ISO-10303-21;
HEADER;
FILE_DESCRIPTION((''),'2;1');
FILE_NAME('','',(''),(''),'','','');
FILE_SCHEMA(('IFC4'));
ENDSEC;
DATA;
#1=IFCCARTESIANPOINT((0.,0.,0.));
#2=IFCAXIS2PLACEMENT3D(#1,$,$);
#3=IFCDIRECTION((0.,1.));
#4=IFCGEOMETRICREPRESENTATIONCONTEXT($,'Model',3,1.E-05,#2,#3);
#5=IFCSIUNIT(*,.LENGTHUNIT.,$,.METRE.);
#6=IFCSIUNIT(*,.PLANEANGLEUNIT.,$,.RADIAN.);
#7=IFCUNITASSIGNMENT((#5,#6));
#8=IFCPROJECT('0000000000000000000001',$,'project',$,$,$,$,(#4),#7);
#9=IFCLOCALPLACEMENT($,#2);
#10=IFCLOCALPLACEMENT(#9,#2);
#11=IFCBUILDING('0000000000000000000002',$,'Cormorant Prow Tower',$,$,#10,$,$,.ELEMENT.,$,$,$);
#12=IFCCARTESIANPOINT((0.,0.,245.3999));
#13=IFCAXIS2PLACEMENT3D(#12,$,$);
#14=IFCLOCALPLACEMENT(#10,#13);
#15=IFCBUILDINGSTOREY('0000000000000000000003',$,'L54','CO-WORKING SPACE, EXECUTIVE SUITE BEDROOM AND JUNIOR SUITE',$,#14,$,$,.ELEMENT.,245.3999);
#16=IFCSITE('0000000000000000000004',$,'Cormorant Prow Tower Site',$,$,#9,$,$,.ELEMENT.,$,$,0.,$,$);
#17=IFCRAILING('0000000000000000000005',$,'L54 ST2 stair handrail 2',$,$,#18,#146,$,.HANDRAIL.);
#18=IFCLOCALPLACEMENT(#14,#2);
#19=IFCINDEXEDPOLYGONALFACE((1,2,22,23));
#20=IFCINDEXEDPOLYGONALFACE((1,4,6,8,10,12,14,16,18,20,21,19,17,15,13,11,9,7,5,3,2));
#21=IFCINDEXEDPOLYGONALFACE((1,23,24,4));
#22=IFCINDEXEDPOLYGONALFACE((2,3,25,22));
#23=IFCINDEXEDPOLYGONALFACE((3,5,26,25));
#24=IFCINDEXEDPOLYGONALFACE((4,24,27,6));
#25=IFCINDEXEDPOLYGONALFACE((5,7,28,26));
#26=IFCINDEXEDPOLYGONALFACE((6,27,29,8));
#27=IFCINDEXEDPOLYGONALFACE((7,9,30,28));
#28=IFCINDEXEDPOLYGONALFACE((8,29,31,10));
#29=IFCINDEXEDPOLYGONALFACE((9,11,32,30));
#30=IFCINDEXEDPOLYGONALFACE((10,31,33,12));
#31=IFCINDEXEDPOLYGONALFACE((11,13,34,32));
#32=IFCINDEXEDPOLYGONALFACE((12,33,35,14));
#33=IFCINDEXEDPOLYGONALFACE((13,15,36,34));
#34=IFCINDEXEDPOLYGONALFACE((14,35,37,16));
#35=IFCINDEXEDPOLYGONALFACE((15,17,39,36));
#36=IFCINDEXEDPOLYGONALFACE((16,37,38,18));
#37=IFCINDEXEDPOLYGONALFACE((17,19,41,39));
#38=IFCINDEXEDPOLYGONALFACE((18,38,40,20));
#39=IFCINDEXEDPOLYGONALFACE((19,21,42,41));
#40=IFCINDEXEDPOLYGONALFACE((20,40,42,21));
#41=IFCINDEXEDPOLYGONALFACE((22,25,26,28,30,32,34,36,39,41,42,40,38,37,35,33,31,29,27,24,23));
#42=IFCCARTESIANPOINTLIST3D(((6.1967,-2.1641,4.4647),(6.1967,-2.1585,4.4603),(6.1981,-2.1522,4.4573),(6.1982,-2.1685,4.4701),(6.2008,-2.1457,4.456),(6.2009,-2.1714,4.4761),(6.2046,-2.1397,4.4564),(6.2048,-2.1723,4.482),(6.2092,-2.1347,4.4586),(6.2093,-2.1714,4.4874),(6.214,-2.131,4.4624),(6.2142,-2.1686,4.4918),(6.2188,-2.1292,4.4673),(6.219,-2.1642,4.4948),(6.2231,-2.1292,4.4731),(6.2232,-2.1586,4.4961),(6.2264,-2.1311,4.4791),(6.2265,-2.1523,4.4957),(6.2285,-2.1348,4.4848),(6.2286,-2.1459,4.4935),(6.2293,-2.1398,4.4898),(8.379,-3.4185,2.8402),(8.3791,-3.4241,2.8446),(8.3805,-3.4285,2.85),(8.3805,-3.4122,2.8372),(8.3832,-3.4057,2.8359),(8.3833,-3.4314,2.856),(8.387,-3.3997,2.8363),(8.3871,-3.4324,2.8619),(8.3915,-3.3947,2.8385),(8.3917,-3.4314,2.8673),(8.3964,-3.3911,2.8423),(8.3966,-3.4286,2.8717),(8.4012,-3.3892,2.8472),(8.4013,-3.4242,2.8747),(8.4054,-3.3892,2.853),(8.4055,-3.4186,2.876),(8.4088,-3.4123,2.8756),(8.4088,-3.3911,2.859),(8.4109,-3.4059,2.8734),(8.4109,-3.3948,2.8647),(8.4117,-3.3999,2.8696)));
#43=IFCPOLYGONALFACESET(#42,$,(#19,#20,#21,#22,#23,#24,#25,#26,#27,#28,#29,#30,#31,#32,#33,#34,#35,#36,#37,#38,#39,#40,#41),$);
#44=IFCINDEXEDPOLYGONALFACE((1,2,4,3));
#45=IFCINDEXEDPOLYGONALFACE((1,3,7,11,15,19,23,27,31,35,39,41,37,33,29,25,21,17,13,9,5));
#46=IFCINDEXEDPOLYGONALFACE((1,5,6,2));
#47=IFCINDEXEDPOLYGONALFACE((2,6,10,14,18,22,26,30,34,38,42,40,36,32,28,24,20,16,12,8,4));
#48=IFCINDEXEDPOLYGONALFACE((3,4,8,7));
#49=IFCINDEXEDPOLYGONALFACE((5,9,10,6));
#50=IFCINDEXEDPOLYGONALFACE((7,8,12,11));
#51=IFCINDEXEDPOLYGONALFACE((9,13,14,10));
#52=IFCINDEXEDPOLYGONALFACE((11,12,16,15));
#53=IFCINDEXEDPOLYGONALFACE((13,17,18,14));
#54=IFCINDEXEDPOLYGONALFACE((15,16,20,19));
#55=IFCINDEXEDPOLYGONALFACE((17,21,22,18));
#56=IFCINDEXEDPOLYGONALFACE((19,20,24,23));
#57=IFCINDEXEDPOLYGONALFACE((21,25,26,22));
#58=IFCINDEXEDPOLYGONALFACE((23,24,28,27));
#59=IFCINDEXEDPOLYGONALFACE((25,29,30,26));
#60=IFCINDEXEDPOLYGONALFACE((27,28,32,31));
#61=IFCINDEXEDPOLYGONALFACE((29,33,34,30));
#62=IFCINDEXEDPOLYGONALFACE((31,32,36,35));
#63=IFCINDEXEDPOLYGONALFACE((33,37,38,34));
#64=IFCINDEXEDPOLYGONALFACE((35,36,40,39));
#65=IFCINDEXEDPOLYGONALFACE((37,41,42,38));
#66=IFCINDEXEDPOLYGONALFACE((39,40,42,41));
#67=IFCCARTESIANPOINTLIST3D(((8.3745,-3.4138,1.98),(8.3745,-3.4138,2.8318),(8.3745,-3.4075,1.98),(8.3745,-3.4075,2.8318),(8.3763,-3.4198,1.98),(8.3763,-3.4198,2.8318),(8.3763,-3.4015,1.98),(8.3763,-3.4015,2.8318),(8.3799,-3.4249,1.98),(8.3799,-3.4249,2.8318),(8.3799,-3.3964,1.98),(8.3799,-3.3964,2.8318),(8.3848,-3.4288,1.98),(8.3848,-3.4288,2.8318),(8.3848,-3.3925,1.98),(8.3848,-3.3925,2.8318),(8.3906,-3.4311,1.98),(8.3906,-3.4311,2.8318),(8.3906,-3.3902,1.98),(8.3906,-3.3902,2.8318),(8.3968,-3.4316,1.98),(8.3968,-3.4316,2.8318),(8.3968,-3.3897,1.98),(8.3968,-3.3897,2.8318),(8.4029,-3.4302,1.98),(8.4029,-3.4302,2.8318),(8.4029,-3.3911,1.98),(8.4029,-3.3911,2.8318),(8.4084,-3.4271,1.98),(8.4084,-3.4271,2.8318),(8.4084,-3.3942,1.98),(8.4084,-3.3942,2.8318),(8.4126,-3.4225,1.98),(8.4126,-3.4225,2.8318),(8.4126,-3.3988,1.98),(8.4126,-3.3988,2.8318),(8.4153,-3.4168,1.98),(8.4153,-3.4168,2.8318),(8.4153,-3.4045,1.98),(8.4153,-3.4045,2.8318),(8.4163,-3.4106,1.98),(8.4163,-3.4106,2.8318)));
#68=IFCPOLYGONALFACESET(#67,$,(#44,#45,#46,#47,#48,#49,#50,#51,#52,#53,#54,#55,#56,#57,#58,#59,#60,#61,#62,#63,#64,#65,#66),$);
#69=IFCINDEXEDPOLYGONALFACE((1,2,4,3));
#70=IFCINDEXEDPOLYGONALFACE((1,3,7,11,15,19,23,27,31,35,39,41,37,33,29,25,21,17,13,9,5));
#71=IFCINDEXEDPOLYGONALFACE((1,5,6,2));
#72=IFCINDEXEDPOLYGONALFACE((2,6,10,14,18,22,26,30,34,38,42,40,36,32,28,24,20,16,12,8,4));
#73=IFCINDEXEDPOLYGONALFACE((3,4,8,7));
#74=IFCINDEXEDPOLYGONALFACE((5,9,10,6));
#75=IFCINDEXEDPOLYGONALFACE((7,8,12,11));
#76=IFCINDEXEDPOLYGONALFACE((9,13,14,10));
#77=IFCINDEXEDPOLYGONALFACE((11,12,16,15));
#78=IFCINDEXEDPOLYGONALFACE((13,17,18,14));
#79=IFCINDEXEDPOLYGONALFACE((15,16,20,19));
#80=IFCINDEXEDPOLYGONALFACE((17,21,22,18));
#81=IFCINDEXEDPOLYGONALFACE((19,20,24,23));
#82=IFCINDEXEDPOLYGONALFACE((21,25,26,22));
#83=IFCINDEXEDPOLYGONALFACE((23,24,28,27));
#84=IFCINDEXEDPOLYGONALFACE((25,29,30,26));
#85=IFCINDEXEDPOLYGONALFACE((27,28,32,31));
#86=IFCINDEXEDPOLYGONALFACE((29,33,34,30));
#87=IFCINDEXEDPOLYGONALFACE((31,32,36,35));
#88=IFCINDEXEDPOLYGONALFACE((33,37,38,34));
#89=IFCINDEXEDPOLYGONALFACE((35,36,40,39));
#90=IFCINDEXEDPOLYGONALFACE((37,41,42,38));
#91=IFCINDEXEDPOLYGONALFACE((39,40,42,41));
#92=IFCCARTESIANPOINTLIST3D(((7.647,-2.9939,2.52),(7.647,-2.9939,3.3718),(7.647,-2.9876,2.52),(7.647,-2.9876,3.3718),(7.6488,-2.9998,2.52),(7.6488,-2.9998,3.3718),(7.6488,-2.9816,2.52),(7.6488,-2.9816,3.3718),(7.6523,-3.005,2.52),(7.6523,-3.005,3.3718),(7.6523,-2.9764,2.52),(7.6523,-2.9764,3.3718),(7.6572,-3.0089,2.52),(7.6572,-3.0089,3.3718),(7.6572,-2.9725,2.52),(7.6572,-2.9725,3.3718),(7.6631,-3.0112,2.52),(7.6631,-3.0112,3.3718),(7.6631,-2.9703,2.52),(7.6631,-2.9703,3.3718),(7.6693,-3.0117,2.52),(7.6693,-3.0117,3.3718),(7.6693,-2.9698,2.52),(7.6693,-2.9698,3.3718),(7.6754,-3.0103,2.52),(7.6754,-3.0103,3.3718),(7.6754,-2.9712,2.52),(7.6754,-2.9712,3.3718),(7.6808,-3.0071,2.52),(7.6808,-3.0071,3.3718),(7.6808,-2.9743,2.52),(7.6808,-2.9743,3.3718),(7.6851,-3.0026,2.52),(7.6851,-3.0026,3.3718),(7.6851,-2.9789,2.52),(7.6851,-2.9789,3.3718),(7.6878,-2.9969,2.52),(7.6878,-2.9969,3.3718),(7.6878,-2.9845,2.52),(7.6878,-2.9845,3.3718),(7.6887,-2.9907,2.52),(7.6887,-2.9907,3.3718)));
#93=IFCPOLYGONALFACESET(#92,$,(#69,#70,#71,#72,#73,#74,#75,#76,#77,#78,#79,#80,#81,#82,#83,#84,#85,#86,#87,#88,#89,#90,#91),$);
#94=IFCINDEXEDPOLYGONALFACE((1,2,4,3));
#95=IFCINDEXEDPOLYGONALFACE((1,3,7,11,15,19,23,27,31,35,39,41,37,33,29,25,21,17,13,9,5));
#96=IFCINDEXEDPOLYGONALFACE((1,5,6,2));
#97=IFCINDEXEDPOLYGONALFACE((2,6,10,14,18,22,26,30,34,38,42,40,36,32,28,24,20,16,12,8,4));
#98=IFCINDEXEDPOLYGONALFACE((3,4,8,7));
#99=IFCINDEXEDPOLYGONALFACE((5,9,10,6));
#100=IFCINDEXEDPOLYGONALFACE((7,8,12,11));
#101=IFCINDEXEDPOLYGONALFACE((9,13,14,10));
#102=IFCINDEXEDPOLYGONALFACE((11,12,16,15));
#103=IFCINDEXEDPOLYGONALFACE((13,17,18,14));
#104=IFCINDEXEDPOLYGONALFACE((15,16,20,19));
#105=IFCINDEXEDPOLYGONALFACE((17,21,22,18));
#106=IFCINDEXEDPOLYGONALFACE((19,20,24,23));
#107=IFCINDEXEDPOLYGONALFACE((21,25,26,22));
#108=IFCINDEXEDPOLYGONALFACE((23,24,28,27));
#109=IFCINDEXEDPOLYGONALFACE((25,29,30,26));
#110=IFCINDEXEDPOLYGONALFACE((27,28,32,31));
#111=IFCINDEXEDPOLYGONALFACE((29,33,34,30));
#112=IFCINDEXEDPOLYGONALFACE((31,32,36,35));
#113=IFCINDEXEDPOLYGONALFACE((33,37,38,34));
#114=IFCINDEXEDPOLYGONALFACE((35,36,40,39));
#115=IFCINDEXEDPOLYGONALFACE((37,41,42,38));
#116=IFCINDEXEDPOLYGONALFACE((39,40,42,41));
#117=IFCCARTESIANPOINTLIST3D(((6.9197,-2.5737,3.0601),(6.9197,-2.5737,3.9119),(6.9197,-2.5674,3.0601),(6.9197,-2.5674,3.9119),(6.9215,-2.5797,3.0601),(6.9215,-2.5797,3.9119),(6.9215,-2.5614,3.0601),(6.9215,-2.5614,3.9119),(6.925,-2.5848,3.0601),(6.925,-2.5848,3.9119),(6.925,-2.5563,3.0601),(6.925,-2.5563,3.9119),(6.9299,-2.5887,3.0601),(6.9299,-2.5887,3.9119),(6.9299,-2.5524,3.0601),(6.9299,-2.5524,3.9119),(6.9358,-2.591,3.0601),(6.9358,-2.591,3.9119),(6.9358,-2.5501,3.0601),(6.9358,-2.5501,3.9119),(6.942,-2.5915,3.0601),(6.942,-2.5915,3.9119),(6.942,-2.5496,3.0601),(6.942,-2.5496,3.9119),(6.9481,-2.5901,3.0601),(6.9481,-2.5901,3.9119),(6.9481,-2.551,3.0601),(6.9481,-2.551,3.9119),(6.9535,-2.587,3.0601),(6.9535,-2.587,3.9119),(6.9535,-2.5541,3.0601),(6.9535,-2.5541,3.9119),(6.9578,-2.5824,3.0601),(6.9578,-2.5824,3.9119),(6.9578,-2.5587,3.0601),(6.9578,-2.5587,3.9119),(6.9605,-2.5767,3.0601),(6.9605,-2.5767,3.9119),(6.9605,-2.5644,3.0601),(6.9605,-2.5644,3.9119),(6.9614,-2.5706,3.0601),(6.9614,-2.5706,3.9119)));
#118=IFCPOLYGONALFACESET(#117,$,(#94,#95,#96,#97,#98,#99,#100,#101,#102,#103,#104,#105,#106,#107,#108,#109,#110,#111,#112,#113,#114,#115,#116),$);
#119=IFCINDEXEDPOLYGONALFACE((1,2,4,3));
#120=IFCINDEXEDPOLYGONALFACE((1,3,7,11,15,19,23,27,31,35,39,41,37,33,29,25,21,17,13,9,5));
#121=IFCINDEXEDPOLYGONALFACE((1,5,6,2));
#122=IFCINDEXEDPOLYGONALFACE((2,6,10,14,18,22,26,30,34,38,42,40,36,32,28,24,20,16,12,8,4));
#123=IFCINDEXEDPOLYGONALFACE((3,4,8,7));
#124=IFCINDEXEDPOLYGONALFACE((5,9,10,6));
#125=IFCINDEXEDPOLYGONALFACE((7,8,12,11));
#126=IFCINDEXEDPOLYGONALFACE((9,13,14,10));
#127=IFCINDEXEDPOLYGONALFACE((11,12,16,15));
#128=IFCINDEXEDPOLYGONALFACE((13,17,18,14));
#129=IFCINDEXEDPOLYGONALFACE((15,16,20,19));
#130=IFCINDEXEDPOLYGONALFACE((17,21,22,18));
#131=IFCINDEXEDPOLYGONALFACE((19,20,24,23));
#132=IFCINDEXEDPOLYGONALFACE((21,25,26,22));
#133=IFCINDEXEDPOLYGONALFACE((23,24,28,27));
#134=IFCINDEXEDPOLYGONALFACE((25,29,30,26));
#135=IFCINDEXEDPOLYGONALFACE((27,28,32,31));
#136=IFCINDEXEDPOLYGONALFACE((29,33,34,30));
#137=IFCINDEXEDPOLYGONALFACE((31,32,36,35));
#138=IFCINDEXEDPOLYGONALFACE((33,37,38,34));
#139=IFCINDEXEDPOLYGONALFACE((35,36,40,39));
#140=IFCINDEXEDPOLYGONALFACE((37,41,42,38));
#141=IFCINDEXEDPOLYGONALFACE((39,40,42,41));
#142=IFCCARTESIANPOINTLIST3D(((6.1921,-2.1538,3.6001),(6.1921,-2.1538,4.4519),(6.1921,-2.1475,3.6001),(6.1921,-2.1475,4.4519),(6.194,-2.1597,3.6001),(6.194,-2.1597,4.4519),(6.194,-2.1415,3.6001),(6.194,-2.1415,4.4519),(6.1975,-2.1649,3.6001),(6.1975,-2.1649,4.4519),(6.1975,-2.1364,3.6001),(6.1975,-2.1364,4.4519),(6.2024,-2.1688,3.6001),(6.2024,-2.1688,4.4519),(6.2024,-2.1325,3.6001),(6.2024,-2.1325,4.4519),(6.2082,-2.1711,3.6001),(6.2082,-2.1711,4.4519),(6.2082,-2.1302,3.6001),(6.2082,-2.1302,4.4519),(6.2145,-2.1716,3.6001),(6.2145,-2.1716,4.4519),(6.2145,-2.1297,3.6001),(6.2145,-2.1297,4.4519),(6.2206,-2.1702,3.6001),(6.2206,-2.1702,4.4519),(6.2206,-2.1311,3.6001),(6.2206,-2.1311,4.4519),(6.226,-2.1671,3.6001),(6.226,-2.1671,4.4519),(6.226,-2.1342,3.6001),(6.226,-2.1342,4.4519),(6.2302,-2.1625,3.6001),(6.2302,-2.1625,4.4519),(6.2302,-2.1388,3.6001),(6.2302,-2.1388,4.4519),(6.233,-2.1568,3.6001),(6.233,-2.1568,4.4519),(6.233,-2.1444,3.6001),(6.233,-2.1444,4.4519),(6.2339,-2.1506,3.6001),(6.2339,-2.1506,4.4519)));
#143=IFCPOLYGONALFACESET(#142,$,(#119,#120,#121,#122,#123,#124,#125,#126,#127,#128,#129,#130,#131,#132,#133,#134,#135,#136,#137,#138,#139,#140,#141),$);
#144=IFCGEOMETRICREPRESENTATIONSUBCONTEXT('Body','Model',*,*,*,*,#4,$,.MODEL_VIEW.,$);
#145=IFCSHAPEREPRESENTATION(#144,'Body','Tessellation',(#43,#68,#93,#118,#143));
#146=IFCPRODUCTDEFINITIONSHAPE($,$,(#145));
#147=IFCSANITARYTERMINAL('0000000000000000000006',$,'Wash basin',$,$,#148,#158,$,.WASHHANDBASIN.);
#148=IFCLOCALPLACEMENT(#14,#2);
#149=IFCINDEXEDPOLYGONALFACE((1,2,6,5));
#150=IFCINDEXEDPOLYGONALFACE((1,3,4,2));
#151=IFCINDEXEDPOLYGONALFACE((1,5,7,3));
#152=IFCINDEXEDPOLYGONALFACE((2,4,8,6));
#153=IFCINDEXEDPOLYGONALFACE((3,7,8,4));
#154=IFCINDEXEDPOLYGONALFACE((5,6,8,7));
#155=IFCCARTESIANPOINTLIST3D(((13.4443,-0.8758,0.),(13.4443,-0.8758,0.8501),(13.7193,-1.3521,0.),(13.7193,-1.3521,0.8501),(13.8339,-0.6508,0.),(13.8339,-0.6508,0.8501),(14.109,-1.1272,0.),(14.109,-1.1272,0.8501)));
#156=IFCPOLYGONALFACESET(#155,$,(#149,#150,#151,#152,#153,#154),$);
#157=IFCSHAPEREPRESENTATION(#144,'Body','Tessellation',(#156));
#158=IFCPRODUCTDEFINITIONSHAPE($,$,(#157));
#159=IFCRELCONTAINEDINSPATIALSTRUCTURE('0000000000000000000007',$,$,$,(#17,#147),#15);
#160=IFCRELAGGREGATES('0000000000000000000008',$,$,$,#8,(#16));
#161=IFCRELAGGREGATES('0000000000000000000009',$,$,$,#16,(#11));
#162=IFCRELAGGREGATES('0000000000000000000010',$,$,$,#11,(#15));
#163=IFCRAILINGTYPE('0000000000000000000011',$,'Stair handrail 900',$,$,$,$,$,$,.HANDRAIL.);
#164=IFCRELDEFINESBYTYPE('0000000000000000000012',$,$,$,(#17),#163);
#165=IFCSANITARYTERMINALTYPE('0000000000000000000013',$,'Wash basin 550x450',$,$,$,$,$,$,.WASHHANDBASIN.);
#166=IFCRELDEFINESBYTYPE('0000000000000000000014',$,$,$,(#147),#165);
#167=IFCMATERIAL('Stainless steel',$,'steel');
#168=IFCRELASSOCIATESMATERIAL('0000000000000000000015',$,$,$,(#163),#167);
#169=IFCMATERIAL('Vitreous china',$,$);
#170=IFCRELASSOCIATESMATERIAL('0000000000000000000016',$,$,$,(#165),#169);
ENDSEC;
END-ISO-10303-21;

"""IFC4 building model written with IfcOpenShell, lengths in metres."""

from ifc_helpers import new_model, si_unit, direction, frame, origin, origin_2d, place, context, subcontext, project, spatial, rectangle, circle, extrude, material, type_object, element, save


model = new_model("IFC4")

# Units and contexts
model_context = context("Model", 3, precision=1e-05, world=origin(), true_north=direction((0.0, 1.0)))
body_context = subcontext(model_context, "Body", "Model", "MODEL_VIEW")
ifc_project = project(units=[si_unit("LENGTHUNIT", "METRE"), si_unit("PLANEANGLEUNIT", "RADIAN")], contexts=[model_context])

# Site, building, storey
site_placement = place(None, origin())
site = spatial("IfcSite", under=ifc_project, at=site_placement, Name="Cormorant Prow Tower Site", CompositionType="ELEMENT", RefElevation=0.0)
building_placement = place(site_placement, origin())
building = spatial("IfcBuilding", under=site, at=building_placement, Name="Cormorant Prow Tower", CompositionType="ELEMENT")
storey_placement = place(building_placement, frame((0.0, 0.0, 245.3999)))
storey = spatial("IfcBuildingStorey", under=building, at=storey_placement, Name="L54", Description="CO-WORKING SPACE, EXECUTIVE SUITE BEDROOM AND JUNIOR SUITE", CompositionType="ELEMENT", Elevation=245.3999)

# Railing
ifc_material_1 = material(Name="Stainless steel", Category="steel")
railing_type_1 = type_object("IfcRailingType", Name="Stair handrail 900", PredefinedType="HANDRAIL", material=ifc_material_1)
railing_1_placement = place(storey_placement, frame((8.3953, -3.4106, 1.98)))
element("IfcRailing", 1, at=railing_1_placement, inside=storey, type_object=railing_type_1, Name="L54 ST2 stair handrail 2", PredefinedType="HANDRAIL", context=body_context, shape_type="SweptSolid", body=[
    extrude(circle(Radius=0.0239, at=origin_2d()), frame((0.0, 0.0, 0.876), z_axis=(-0.728464, 0.420584, 0.540786), x_axis=(-0.500005, -0.866023, 0.0)), (0.0, 0.0, 1.0), 2.9958),
    extrude(circle(Radius=0.021, at=origin_2d()), origin(), (0.0, 0.0, 1.0), 0.8518),
    extrude(circle(Radius=0.021, at=origin_2d()), frame((-0.7275, 0.4199, 0.54)), (0.0, 0.0, 1.0), 0.8518),
    extrude(circle(Radius=0.021, at=origin_2d()), frame((-1.4548, 0.8401, 1.0801)), (0.0, 0.0, 1.0), 0.8518),
    extrude(circle(Radius=0.021, at=origin_2d()), frame((-2.1824, 1.26, 1.6201)), (0.0, 0.0, 1.0), 0.8518),
])

# Sanitary terminal
ifc_material_2 = material(Name="Vitreous china")
sanitary_terminal_type = type_object("IfcSanitaryTerminalType", Name="Wash basin 550x450", PredefinedType="WASHHANDBASIN", material=ifc_material_2)
sanitary_terminal_placement = place(storey_placement, frame((13.7766, -1.0015, 0.0), z_axis=(0.0, 0.0, 1.0), x_axis=(-0.5, 0.866025, 0.0)))
element("IfcSanitaryTerminal", 2, at=sanitary_terminal_placement, inside=storey, type_object=sanitary_terminal_type, Name="Wash basin", PredefinedType="WASHHANDBASIN", context=body_context, shape_type="SweptSolid", body=[
    extrude(rectangle(XDim=0.55, YDim=0.45, at=origin_2d()), origin(), (0.0, 0.0, 1.0), 0.8501),
])

save(model, "model.ifc")
